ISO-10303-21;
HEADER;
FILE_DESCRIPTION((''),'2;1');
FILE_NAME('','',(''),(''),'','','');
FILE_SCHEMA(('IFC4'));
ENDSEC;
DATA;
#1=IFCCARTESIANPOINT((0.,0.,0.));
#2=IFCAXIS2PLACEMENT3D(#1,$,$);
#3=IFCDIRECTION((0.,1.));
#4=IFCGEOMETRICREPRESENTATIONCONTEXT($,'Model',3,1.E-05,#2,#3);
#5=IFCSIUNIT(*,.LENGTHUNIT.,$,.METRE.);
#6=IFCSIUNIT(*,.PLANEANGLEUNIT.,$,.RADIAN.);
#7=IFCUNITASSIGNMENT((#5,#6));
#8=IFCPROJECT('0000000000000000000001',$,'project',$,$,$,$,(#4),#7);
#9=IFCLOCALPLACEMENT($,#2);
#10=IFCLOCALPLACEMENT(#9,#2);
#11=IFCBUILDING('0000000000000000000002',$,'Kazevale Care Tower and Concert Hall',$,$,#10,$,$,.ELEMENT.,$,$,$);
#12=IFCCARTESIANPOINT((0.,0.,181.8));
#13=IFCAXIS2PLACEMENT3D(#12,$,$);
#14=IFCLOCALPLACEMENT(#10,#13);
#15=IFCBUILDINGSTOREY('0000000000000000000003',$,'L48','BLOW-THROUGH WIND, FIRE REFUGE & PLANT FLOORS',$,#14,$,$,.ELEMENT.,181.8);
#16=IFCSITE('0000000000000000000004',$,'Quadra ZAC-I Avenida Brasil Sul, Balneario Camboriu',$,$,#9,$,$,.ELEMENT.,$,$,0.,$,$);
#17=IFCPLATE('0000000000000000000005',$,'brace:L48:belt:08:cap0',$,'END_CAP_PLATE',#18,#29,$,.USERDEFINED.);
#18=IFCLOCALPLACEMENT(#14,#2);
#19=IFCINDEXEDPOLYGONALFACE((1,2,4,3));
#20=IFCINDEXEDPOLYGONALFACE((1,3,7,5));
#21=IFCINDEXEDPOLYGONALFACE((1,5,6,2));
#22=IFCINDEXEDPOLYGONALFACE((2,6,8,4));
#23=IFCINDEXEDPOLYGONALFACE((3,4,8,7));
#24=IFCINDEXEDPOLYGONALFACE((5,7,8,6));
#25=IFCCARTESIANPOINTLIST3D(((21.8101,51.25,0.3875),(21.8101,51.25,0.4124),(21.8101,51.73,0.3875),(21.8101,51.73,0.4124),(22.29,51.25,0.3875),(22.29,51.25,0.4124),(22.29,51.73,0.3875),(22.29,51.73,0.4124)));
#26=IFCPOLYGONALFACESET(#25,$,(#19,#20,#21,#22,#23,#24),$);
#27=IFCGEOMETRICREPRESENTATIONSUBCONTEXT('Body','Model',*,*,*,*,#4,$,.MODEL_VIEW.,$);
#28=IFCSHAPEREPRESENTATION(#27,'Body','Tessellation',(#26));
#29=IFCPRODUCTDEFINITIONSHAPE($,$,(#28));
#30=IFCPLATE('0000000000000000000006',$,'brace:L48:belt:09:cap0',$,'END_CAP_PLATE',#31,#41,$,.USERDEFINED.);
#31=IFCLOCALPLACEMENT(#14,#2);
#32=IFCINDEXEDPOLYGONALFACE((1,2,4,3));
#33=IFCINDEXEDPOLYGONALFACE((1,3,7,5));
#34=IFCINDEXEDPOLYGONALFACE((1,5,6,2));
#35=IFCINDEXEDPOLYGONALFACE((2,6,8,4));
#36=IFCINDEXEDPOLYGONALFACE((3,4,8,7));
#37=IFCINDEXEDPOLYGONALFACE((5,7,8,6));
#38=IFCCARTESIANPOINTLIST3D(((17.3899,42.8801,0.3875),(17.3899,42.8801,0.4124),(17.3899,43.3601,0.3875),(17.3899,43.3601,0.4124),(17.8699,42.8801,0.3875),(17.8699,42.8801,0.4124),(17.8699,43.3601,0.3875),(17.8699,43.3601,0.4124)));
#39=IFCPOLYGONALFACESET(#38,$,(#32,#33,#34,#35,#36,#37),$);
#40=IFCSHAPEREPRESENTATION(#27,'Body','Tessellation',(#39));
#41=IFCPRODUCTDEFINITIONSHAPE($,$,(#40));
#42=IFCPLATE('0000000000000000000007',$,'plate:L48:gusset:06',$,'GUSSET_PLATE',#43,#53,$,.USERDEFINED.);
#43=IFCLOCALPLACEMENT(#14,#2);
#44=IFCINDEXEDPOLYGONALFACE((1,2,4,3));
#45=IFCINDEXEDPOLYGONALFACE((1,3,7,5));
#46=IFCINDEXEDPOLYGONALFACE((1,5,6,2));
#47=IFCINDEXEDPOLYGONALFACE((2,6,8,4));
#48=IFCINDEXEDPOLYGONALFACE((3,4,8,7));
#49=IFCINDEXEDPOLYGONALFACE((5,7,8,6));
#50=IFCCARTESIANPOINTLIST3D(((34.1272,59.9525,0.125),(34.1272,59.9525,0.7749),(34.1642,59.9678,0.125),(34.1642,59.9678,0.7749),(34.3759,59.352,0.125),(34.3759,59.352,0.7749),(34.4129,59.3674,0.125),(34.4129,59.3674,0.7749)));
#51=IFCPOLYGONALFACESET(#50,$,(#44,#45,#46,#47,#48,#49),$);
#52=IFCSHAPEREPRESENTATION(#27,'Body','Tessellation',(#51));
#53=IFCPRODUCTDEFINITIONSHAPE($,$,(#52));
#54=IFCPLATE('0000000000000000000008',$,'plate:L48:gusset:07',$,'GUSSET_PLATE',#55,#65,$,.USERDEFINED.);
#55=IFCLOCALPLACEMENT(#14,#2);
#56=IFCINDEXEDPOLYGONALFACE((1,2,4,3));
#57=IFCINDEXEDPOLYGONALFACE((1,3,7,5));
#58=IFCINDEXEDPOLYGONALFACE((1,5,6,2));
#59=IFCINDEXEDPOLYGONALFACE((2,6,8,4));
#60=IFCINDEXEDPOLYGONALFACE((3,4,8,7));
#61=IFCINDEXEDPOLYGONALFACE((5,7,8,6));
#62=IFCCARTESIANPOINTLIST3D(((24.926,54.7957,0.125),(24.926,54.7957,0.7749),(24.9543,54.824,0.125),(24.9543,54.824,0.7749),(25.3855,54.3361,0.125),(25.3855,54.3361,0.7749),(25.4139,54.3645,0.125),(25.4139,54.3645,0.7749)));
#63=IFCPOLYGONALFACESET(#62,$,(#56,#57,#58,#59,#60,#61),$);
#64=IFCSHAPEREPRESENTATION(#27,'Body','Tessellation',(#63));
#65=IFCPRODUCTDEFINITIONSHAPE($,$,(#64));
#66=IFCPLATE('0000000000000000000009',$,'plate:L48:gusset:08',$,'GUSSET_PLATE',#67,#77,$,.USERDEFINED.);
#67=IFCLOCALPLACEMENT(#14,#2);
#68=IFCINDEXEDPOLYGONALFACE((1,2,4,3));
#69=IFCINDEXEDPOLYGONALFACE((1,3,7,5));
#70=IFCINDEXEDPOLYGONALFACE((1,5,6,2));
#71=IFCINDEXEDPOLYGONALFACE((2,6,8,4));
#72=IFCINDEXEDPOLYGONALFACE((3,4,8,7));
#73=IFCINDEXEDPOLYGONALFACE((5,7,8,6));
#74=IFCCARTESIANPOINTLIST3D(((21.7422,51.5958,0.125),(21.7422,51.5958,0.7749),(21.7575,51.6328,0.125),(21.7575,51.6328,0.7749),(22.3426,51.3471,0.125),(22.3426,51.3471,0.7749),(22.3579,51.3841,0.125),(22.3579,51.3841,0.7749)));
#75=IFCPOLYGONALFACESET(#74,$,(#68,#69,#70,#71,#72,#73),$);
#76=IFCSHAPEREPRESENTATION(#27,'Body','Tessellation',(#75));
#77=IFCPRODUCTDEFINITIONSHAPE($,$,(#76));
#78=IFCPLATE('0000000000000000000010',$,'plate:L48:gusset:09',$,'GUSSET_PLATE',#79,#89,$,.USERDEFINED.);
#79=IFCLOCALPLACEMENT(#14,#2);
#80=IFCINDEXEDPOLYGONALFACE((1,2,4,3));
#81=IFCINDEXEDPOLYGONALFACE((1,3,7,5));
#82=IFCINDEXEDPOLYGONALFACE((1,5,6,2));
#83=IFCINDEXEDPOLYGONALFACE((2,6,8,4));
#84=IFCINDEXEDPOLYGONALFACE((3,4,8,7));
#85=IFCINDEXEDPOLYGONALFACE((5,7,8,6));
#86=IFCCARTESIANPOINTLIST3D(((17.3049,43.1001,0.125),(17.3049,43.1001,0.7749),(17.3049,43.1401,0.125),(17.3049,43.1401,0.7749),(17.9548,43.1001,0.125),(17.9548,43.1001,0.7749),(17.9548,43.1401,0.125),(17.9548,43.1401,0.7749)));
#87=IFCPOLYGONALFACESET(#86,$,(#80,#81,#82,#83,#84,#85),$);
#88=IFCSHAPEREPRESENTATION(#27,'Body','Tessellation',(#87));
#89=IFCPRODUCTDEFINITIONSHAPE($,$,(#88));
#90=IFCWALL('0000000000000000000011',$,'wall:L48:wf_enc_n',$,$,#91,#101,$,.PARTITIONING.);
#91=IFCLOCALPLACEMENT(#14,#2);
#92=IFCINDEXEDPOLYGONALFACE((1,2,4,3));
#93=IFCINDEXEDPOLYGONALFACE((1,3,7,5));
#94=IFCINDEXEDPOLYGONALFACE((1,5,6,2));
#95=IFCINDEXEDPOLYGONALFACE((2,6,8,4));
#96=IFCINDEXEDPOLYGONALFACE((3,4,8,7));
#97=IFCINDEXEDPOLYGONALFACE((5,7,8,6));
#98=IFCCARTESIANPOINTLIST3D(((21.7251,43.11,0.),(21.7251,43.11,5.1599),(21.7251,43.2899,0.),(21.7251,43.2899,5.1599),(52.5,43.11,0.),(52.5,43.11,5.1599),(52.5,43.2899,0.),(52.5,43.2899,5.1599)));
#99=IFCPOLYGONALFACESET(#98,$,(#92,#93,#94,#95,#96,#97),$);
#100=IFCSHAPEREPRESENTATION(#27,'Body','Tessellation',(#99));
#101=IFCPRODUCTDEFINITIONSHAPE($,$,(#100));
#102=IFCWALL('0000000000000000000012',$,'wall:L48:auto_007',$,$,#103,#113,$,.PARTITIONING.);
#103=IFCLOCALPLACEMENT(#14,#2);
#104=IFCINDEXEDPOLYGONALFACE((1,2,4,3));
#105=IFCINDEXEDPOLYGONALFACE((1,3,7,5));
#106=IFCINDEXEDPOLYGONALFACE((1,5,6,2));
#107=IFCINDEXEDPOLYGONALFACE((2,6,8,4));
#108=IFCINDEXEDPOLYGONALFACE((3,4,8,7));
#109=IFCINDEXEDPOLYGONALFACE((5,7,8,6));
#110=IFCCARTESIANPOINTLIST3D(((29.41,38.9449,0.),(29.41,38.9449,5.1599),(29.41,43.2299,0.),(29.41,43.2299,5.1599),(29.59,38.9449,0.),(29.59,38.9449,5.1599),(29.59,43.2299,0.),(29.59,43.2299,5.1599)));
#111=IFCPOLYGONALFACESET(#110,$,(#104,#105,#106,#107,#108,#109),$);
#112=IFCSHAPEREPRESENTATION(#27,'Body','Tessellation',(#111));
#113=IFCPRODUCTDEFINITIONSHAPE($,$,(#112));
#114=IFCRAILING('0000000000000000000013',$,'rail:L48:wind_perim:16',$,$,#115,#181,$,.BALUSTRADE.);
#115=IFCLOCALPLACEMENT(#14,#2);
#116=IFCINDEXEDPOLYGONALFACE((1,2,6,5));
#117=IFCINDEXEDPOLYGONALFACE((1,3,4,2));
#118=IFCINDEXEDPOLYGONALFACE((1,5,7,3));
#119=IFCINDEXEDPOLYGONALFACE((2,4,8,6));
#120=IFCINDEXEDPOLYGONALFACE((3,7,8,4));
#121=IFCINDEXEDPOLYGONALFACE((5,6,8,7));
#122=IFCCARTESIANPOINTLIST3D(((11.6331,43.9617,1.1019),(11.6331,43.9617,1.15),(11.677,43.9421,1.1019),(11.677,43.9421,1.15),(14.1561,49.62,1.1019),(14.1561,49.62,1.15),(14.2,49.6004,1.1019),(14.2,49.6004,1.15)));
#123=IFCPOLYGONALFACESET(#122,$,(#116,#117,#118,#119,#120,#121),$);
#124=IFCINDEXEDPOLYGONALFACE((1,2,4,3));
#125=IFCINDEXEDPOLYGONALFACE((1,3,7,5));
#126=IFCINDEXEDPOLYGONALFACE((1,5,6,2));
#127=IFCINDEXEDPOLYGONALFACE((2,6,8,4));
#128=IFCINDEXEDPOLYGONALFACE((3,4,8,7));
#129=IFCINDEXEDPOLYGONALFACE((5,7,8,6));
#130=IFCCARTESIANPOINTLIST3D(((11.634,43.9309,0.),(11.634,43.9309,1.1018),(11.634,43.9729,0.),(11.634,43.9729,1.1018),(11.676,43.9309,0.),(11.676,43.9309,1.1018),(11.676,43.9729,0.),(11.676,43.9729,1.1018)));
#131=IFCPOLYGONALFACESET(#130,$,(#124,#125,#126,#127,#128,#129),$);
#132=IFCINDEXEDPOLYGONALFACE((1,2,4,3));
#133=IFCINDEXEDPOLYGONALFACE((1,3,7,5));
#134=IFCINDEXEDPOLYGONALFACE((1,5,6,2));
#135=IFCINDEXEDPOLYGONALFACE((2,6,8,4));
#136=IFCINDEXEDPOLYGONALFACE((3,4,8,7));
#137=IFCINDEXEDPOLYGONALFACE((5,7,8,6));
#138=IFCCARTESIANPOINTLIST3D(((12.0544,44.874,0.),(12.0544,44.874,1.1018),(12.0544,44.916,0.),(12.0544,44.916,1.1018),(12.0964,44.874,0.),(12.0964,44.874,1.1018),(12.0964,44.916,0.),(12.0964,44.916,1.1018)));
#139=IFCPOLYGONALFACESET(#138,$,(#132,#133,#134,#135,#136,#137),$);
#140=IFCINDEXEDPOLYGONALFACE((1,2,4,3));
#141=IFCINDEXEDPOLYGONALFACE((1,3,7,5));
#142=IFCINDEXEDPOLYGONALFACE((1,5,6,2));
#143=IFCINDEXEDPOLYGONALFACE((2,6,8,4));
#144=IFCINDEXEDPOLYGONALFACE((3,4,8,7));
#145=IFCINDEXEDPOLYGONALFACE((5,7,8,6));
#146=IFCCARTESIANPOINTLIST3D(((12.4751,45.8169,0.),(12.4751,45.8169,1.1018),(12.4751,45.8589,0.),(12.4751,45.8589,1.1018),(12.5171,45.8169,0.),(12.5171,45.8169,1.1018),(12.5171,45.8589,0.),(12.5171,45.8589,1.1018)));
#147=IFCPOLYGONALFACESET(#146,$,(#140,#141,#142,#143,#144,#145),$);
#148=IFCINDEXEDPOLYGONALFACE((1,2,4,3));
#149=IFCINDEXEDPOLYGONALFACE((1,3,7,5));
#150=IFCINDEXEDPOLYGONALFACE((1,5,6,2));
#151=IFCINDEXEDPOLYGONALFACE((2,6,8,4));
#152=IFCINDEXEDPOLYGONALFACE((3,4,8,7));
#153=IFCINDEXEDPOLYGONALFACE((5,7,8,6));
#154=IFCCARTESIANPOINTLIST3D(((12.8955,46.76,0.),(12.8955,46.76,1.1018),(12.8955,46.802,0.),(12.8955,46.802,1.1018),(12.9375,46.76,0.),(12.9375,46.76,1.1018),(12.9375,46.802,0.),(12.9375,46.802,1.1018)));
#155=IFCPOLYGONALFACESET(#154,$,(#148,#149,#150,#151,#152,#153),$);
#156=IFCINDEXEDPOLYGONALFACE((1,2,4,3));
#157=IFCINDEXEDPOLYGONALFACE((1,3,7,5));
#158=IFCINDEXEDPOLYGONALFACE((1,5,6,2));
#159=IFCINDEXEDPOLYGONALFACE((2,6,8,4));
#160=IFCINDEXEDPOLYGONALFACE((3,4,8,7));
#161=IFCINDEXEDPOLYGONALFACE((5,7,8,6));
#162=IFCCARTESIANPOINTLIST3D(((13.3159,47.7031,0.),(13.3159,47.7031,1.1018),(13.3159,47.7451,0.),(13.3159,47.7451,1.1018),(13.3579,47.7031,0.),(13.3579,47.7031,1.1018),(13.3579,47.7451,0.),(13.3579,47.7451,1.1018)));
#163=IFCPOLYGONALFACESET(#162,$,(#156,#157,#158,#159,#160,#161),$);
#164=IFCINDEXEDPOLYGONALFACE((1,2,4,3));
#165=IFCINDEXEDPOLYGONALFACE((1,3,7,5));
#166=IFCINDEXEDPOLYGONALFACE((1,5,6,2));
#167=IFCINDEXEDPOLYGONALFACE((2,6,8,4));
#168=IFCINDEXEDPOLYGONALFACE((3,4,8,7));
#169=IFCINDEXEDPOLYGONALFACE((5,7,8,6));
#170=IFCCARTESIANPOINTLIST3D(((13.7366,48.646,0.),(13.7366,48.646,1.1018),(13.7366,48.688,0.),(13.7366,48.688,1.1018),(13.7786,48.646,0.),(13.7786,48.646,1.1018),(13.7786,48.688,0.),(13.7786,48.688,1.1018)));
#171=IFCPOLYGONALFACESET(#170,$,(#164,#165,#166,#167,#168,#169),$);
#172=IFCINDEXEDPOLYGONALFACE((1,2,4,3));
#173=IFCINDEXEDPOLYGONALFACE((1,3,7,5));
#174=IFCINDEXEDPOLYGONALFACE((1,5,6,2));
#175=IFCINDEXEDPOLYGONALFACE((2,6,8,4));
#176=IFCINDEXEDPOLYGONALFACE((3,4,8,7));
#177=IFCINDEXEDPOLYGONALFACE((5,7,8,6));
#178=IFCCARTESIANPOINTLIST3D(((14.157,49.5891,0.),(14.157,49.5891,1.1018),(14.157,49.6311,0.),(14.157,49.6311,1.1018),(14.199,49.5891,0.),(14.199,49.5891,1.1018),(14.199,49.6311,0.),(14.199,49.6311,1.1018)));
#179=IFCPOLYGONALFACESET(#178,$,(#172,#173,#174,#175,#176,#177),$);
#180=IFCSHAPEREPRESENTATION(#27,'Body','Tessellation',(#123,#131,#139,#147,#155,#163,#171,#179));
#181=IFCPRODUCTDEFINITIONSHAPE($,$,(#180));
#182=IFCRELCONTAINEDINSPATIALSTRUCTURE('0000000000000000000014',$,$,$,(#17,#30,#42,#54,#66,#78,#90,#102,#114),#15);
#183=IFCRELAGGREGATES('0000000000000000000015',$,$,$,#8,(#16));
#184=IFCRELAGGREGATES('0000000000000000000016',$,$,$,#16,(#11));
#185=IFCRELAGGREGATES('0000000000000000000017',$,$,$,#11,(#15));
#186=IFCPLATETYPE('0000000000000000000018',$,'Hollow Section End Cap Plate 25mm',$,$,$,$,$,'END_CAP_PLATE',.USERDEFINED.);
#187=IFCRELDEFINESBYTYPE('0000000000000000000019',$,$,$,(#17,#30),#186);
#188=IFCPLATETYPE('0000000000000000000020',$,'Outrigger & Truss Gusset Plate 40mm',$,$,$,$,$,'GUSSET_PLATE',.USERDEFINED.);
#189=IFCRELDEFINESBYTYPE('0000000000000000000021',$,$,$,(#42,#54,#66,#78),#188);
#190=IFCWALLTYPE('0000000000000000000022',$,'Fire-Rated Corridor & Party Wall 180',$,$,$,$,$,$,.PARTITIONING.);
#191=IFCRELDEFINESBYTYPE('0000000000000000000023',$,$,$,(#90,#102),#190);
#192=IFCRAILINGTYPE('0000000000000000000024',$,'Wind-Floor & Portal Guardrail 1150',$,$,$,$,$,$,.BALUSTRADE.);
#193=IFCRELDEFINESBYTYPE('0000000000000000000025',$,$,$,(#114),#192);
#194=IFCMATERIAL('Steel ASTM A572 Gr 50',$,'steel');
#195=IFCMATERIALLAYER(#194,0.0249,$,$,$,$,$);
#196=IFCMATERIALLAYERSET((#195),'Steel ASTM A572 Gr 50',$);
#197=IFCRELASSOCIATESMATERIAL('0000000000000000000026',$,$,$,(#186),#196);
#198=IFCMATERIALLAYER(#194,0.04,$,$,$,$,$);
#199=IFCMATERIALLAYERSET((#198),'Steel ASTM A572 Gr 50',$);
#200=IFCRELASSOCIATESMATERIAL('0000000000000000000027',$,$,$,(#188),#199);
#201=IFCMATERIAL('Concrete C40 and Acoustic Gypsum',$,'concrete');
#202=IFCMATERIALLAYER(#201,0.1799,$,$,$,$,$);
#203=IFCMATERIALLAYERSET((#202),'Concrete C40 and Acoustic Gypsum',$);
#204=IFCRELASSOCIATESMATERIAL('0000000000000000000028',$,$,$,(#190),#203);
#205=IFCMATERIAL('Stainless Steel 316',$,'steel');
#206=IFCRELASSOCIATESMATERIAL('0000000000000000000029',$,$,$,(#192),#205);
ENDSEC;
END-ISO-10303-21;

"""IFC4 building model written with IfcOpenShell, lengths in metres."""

from ifc_helpers import new_model, si_unit, direction, frame, frame_2d, origin, origin_2d, place, context, subcontext, project, spatial, rectangle, extrude, material, layer, layer_set, type_object, element, save


model = new_model("IFC4")

# Units and contexts
model_context = context("Model", 3, precision=1e-05, world=origin(), true_north=direction((0.0, 1.0)))
body_context = subcontext(model_context, "Body", "Model", "MODEL_VIEW")
ifc_project = project(units=[si_unit("LENGTHUNIT", "METRE"), si_unit("PLANEANGLEUNIT", "RADIAN")], contexts=[model_context])

# Site, building, storey
site_placement = place(None, origin())
site = spatial("IfcSite", under=ifc_project, at=site_placement, Name="Quadra ZAC-I Avenida Brasil Sul, Balneario Camboriu", CompositionType="ELEMENT", RefElevation=0.0)
building_placement = place(site_placement, origin())
building = spatial("IfcBuilding", under=site, at=building_placement, Name="Kazevale Care Tower and Concert Hall", CompositionType="ELEMENT")
storey_placement = place(building_placement, frame((0.0, 0.0, 181.8)))
storey = spatial("IfcBuildingStorey", under=building, at=storey_placement, Name="L48", Description="BLOW-THROUGH WIND, FIRE REFUGE & PLANT FLOORS", CompositionType="ELEMENT", Elevation=181.8)

# Shared definitions
ifc_material_1 = material(Name="Steel ASTM A572 Gr 50", Category="steel")

# Plates
ifc_layer_1 = layer(ifc_material_1, 0.0249)
ifc_layer_set_1 = layer_set([ifc_layer_1], Name="Steel ASTM A572 Gr 50")
plate_type_1 = type_object("IfcPlateType", Name="Hollow Section End Cap Plate 25mm", ElementType="END_CAP_PLATE", PredefinedType="USERDEFINED", material=ifc_layer_set_1)
for number, where, z_axis, x_axis, name in (
    (1, (22.05, 51.49, 0.3875), (0.0, 0.0, 1.0), (1.0, 0.0, 0.0), "brace:L48:belt:08:cap0"),
    (2, (17.6299, 43.1201, 0.3875), (0.0, 0.0, 1.0), (1.0, 0.0, 0.0), "brace:L48:belt:09:cap0"),
):
    element("IfcPlate", number, at=place(storey_placement, frame(where, z_axis=z_axis, x_axis=x_axis)), inside=storey, type_object=plate_type_1, Name=name, ObjectType="END_CAP_PLATE", PredefinedType="USERDEFINED", context=body_context, shape_type="SweptSolid", body=[
        extrude(rectangle(XDim=0.48, YDim=0.48, at=origin_2d()), origin(), (0.0, 0.0, 1.0), 0.0249),
    ])
ifc_layer_2 = layer(ifc_material_1, 0.04)
ifc_layer_set_2 = layer_set([ifc_layer_2], Name="Steel ASTM A572 Gr 50")
plate_type_2 = type_object("IfcPlateType", Name="Outrigger & Truss Gusset Plate 40mm", ElementType="GUSSET_PLATE", PredefinedType="USERDEFINED", material=ifc_layer_set_2)
for number, where, z_axis, x_axis, name in (
    (3, (34.27, 59.6599, 0.125), (0.0, 0.0, 1.0), (-0.382683, 0.92388, 0.0), "plate:L48:gusset:06"),
    (4, (25.1699, 54.5801, 0.125), (0.0, 0.0, 1.0), (-0.707107, 0.707107, 0.0), "plate:L48:gusset:07"),
    (5, (22.05, 51.49, 0.125), (0.0, 0.0, 1.0), (-0.92388, 0.382683, 0.0), "plate:L48:gusset:08"),
    (6, (17.6299, 43.1201, 0.125), (0.0, 0.0, 1.0), (-1.0, 0.0, 0.0), "plate:L48:gusset:09"),
):
    element("IfcPlate", number, at=place(storey_placement, frame(where, z_axis=z_axis, x_axis=x_axis)), inside=storey, type_object=plate_type_2, Name=name, ObjectType="GUSSET_PLATE", PredefinedType="USERDEFINED", context=body_context, shape_type="SweptSolid", body=[
        extrude(rectangle(XDim=0.6499, YDim=0.04, at=origin_2d()), origin(), (0.0, 0.0, 1.0), 0.6499),
    ])

# Walls
ifc_material_2 = material(Name="Concrete C40 and Acoustic Gypsum", Category="concrete")
ifc_layer_3 = layer(ifc_material_2, 0.1799)
ifc_layer_set_3 = layer_set([ifc_layer_3], Name="Concrete C40 and Acoustic Gypsum")
wall_type = type_object("IfcWallType", Name="Fire-Rated Corridor & Party Wall 180", PredefinedType="PARTITIONING", material=ifc_layer_set_3)
wall_1_placement = place(storey_placement, frame((21.7251, 43.2, 0.0), z_axis=(0.0, 0.0, 1.0), x_axis=(1.0, 0.0, 0.0)))
element("IfcWall", 7, at=wall_1_placement, inside=storey, type_object=wall_type, Name="wall:L48:wf_enc_n", PredefinedType="PARTITIONING", context=body_context, shape_type="SweptSolid", body=[
    extrude(rectangle(XDim=30.7749, YDim=0.1799, at=frame_2d((15.3875, 0.0))), origin(), (0.0, 0.0, 1.0), 5.1599),
])
wall_2_placement = place(storey_placement, frame((29.5, 43.23, 0.0), z_axis=(0.0, 0.0, 1.0), x_axis=(0.0, -1.0, 0.0)))
element("IfcWall", 8, at=wall_2_placement, inside=storey, type_object=wall_type, Name="wall:L48:auto_007", PredefinedType="PARTITIONING", context=body_context, shape_type="SweptSolid", body=[
    extrude(rectangle(XDim=4.2849, YDim=0.1799, at=frame_2d((2.1426, 0.0))), origin(), (0.0, 0.0, 1.0), 5.1599),
])

# Railing
ifc_material_3 = material(Name="Stainless Steel 316", Category="steel")
railing_type = type_object("IfcRailingType", Name="Wind-Floor & Portal Guardrail 1150", PredefinedType="BALUSTRADE", material=ifc_material_3)
railing_1_placement = place(storey_placement, frame((11.655, 43.9519, 0.0)))
element("IfcRailing", 9, at=railing_1_placement, inside=storey, type_object=railing_type, Name="rail:L48:wind_perim:16", PredefinedType="BALUSTRADE", context=body_context, shape_type="SweptSolid", body=[
    extrude(rectangle(XDim=0.0481, YDim=0.0481, at=origin_2d()), frame((0.0, 0.0, 1.126), z_axis=(0.407242, 0.91332, 0.0), x_axis=(-0.91332, 0.407242, 0.0)), (0.0, 0.0, 1.0), 6.1953),
    extrude(rectangle(XDim=0.042, YDim=0.042, at=origin_2d()), origin(), (0.0, 0.0, 1.0), 1.1018),
    extrude(rectangle(XDim=0.042, YDim=0.042, at=origin_2d()), frame((0.4204, 0.9431, 0.0)), (0.0, 0.0, 1.0), 1.1018),
    extrude(rectangle(XDim=0.042, YDim=0.042, at=origin_2d()), frame((0.8411, 1.886, 0.0)), (0.0, 0.0, 1.0), 1.1018),
    extrude(rectangle(XDim=0.042, YDim=0.042, at=origin_2d()), frame((1.2615, 2.8291, 0.0)), (0.0, 0.0, 1.0), 1.1018),
    extrude(rectangle(XDim=0.042, YDim=0.042, at=origin_2d()), frame((1.6819, 3.7722, 0.0)), (0.0, 0.0, 1.0), 1.1018),
    extrude(rectangle(XDim=0.042, YDim=0.042, at=origin_2d()), frame((2.1025, 4.7151, 0.0)), (0.0, 0.0, 1.0), 1.1018),
    extrude(rectangle(XDim=0.042, YDim=0.042, at=origin_2d()), frame((2.5229, 5.6582, 0.0)), (0.0, 0.0, 1.0), 1.1018),
])

save(model, "model.ifc")
